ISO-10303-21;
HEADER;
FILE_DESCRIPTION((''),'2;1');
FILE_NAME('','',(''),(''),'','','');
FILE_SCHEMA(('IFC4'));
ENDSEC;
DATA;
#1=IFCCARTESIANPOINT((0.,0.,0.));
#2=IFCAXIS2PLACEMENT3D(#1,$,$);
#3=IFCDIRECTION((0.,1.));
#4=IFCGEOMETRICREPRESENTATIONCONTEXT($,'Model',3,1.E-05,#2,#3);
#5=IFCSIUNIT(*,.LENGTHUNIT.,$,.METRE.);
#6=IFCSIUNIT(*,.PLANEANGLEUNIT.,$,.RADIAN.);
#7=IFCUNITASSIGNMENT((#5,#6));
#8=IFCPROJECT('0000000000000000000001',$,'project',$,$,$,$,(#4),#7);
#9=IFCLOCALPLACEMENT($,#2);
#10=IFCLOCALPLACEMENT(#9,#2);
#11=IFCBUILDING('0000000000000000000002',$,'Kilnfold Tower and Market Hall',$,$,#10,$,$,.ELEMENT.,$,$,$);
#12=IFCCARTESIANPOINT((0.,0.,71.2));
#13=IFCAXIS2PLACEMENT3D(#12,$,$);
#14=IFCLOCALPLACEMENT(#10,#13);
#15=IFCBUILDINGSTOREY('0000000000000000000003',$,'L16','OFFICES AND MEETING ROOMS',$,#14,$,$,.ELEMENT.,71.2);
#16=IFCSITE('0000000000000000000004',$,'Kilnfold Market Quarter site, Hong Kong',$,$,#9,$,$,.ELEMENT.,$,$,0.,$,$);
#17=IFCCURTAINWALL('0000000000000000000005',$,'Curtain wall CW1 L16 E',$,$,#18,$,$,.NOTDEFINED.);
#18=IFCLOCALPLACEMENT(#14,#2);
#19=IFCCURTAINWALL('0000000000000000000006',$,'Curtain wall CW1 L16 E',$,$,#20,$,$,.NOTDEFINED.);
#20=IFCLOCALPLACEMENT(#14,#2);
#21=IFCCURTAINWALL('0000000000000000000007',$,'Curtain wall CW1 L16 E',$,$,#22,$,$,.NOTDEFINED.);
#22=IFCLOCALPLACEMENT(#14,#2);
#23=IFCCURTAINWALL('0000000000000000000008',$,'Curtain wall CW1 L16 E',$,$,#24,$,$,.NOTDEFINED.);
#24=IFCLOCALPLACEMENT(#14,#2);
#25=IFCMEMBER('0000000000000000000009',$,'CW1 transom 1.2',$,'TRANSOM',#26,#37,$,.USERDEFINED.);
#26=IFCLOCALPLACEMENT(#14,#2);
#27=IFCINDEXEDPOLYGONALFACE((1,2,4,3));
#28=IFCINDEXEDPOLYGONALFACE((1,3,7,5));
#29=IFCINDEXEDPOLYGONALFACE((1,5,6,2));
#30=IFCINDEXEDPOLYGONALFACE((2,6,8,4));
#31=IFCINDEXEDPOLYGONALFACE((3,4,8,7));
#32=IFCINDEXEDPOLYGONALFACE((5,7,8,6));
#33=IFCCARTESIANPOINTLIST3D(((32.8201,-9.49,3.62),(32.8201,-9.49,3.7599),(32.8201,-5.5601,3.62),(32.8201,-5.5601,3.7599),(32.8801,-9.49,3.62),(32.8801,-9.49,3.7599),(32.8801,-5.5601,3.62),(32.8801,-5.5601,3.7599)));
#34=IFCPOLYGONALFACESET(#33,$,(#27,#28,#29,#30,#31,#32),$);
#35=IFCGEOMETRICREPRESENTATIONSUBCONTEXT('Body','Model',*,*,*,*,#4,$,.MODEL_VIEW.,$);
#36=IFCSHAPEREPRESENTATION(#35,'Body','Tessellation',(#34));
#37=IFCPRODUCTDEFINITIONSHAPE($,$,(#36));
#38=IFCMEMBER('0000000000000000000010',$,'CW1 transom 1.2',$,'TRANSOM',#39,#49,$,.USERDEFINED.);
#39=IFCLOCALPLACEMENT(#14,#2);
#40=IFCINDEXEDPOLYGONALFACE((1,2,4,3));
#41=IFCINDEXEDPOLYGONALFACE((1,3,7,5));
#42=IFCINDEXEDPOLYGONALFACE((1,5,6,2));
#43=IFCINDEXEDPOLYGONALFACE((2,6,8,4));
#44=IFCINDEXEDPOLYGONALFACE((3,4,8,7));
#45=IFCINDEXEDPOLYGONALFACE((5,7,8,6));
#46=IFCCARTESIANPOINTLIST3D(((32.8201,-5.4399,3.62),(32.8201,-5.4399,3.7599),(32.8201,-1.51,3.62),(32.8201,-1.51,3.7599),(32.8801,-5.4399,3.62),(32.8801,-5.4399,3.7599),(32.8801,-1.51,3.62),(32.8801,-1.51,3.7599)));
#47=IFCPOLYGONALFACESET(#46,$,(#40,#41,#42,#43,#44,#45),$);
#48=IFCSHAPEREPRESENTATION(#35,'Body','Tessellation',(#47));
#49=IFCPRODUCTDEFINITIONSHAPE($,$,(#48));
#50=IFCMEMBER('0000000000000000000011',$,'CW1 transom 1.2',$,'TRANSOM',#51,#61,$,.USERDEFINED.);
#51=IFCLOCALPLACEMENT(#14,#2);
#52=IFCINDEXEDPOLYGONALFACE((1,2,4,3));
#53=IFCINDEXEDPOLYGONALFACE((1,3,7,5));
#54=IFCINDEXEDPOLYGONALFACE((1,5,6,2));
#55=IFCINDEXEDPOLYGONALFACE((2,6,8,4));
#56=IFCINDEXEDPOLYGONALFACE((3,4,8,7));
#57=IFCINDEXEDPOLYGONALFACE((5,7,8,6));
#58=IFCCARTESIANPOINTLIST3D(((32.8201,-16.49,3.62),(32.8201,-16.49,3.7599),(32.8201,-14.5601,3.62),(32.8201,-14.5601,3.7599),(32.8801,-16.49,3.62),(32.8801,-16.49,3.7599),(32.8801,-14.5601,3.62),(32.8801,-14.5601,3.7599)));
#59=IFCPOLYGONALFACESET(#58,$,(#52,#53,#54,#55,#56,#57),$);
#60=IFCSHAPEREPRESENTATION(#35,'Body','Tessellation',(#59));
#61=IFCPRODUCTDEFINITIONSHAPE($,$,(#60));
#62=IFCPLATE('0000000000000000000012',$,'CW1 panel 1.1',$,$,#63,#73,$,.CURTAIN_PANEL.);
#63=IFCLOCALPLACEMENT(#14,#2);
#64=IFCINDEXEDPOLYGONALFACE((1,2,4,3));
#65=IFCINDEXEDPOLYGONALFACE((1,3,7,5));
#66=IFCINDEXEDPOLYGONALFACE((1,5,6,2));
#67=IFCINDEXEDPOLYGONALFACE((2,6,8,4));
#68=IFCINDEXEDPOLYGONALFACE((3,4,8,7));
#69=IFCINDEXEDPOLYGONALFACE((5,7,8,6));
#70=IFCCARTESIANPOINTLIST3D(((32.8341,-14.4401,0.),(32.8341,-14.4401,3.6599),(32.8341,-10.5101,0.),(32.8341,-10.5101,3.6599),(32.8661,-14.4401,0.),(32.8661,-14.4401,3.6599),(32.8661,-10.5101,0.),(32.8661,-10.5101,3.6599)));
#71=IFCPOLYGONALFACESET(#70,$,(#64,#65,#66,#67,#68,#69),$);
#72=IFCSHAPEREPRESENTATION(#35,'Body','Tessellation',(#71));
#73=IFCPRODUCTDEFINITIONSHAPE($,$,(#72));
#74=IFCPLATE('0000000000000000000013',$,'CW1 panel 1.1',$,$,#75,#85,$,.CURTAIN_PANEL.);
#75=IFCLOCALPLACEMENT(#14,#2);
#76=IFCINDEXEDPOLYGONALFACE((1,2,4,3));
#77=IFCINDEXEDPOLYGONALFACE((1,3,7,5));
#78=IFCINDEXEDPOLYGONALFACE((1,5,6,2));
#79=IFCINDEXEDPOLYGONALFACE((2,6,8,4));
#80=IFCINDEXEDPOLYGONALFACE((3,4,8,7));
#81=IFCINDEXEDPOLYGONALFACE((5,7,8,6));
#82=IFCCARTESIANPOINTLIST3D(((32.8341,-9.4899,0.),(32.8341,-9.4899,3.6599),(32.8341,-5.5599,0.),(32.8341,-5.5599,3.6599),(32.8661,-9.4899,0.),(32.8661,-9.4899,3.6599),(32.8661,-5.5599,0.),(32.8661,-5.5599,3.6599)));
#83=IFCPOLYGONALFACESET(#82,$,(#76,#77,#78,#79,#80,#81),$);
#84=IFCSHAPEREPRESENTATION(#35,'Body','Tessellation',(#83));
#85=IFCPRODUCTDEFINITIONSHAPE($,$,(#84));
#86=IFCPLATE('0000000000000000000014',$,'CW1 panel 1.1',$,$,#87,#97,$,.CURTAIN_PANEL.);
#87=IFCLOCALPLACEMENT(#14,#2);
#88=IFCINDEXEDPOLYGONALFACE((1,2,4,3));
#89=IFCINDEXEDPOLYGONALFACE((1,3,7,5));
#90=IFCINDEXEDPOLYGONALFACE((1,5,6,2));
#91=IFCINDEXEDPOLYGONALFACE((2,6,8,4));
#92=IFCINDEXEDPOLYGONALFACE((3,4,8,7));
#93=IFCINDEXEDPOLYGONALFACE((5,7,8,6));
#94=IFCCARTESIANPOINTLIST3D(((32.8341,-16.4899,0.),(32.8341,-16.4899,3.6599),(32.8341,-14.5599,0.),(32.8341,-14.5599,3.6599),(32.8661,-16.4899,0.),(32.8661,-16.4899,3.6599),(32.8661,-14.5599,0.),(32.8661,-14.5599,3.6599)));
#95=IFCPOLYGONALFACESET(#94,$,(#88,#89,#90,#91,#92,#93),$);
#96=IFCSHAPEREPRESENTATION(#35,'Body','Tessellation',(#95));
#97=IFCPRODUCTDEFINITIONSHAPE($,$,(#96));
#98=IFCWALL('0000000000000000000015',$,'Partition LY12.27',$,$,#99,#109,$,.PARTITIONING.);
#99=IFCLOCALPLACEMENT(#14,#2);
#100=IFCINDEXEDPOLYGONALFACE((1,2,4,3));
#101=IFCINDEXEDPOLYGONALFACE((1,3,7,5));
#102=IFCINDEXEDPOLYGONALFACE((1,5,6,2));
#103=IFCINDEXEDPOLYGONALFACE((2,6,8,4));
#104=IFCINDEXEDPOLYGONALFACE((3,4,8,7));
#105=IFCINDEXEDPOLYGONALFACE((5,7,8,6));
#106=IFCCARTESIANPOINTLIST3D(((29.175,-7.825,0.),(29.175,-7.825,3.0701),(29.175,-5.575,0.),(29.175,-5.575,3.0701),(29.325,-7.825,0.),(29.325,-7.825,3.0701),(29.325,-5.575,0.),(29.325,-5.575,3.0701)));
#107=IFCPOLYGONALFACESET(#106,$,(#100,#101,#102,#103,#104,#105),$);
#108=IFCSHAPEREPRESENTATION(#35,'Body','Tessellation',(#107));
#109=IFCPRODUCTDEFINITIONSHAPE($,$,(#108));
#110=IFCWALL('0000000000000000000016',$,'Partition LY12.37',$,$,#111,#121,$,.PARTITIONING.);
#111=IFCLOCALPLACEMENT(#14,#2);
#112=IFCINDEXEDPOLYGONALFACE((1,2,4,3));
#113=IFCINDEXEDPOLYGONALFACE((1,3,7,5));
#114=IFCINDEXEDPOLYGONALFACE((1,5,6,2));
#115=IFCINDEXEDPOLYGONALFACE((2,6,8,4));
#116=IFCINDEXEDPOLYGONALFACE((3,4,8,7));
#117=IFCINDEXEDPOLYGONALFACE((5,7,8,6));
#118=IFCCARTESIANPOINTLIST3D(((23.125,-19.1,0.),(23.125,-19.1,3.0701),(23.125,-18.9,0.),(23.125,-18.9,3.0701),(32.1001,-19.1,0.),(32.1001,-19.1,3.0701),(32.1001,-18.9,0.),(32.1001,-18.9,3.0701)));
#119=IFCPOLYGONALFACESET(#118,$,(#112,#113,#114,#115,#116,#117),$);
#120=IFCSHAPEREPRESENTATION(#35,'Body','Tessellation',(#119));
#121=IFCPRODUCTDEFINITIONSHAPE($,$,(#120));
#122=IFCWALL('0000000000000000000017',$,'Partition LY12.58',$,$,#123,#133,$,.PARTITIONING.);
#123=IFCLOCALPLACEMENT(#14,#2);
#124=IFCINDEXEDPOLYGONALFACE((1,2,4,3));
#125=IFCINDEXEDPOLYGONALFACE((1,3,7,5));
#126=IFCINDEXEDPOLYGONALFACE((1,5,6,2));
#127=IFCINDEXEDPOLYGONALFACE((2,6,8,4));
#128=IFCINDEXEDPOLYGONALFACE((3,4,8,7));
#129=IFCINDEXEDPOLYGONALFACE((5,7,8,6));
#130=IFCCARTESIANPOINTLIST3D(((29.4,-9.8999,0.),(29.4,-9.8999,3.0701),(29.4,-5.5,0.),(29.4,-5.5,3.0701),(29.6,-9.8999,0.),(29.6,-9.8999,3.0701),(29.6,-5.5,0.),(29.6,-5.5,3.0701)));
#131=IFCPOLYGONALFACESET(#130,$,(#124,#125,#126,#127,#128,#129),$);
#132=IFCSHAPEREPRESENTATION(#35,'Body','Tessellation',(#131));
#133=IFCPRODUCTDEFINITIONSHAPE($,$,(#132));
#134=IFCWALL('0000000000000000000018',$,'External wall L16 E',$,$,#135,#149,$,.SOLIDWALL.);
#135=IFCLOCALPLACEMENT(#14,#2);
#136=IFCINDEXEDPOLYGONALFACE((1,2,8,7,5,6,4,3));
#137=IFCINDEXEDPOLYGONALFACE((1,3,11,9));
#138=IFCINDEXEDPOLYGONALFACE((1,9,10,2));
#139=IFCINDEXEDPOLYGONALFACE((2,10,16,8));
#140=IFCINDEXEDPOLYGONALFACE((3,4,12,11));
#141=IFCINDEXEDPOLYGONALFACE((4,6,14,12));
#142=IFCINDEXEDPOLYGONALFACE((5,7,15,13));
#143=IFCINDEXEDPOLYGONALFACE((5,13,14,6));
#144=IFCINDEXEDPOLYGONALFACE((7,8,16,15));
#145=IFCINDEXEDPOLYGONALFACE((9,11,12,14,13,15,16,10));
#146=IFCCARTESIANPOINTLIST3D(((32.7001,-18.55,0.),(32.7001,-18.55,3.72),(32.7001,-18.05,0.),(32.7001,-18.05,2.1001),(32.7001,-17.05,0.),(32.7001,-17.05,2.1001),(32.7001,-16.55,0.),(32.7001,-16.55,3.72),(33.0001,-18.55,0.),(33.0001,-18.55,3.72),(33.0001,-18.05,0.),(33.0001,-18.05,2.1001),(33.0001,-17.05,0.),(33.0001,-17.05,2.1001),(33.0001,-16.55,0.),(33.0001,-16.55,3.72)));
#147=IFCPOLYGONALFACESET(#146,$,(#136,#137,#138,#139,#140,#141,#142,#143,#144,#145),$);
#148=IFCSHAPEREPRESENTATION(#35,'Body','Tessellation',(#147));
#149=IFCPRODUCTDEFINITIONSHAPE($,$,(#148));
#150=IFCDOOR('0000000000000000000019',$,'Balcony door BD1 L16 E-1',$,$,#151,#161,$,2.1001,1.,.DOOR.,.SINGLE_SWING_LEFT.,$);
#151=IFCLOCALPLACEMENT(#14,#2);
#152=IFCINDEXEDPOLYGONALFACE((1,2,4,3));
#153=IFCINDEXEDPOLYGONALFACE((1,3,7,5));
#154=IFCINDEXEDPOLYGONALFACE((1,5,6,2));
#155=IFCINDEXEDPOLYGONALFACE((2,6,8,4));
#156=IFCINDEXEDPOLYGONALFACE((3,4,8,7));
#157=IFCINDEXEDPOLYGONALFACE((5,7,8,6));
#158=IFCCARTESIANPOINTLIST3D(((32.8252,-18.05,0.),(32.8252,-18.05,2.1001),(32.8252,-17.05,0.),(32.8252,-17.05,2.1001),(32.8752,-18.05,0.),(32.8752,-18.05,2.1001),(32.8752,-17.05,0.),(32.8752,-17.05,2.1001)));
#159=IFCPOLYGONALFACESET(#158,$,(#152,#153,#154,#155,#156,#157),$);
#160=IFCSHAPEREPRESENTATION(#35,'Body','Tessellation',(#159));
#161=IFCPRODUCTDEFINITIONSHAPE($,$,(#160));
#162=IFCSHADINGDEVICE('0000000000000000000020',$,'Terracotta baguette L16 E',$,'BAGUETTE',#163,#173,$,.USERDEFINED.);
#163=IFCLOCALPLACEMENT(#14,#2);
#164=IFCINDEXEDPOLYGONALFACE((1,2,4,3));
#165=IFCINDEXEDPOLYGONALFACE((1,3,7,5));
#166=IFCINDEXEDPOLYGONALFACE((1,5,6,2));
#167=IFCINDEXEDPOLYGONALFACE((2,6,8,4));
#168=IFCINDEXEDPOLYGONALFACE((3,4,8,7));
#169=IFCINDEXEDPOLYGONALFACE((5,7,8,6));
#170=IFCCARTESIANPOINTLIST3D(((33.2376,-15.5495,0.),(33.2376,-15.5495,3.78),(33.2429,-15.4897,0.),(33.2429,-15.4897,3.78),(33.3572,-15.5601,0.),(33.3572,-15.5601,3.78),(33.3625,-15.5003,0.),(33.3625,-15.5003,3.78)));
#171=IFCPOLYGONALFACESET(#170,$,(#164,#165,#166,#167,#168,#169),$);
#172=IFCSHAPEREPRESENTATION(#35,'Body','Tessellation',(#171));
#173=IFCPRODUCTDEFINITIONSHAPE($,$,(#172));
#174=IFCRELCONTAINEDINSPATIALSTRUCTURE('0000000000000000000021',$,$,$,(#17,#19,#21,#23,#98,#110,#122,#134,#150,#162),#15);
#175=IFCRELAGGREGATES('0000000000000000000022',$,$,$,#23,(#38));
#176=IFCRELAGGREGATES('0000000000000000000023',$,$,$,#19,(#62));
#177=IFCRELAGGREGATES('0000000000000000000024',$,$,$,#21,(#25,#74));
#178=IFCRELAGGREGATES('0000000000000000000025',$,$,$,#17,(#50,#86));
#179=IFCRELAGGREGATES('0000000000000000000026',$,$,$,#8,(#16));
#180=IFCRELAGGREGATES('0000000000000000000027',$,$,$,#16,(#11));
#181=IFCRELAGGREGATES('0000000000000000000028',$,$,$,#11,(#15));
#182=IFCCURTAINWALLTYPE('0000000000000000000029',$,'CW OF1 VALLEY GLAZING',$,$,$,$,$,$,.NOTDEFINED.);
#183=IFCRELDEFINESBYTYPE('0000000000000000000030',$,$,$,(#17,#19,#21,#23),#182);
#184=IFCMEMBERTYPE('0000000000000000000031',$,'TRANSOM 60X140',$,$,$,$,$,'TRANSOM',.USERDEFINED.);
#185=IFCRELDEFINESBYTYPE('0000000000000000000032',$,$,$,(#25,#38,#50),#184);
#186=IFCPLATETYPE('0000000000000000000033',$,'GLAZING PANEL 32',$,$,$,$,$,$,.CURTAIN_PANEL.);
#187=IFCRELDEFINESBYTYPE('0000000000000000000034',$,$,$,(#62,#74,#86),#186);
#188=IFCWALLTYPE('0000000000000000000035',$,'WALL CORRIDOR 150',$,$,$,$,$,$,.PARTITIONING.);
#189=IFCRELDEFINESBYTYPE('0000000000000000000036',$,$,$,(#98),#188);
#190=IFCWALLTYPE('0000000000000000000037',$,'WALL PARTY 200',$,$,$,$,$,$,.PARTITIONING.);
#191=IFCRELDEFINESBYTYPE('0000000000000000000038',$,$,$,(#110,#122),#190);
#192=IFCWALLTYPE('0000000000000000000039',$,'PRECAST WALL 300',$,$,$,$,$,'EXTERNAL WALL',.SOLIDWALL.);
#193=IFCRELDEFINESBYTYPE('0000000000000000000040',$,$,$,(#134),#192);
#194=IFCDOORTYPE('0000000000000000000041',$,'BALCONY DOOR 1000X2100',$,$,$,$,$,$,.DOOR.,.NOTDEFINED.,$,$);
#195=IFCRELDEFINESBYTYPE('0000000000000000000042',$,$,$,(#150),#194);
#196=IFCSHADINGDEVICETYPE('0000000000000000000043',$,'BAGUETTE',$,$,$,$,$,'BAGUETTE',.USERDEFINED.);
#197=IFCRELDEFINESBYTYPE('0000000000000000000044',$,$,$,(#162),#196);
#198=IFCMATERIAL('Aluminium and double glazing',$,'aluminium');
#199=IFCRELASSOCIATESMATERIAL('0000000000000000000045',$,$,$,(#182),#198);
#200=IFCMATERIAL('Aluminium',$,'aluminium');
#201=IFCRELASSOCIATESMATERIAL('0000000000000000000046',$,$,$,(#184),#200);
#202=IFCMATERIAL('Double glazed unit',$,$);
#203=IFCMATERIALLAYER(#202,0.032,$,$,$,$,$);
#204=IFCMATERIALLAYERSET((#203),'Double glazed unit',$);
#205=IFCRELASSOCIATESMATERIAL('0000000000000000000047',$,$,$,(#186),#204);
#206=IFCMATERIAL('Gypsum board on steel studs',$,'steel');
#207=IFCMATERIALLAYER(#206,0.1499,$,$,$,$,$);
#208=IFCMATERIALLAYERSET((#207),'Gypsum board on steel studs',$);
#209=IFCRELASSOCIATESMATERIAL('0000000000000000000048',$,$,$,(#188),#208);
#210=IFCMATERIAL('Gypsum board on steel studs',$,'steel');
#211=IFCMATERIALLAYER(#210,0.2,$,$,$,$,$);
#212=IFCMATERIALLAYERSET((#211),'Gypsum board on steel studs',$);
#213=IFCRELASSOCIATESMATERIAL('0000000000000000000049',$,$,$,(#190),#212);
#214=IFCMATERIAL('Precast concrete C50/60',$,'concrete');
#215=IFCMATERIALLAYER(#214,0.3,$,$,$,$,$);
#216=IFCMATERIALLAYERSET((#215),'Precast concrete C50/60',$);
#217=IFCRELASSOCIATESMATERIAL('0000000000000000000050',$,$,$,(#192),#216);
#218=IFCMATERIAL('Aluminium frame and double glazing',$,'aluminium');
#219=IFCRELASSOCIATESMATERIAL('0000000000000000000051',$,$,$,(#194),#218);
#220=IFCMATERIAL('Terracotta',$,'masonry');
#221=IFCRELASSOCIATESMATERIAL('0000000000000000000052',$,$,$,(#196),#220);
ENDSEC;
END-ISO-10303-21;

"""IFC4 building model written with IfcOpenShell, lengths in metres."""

from ifc_helpers import new_model, si_unit, direction, frame, frame_2d, origin, origin_2d, place, context, subcontext, project, spatial, rectangle, extrude, source, transform, mapped, material, layer, layer_set, material_profile, profile_set, type_object, element, fill, aggregate, save


model = new_model("IFC4")

# Units and contexts
model_context = context("Model", 3, precision=1e-05, world=origin(), true_north=direction((0.0, 1.0)))
body_context = subcontext(model_context, "Body", "Model", "MODEL_VIEW")
ifc_project = project(units=[si_unit("LENGTHUNIT", "METRE"), si_unit("PLANEANGLEUNIT", "RADIAN")], contexts=[model_context])

# Site, building, storey
site_placement = place(None, origin())
site = spatial("IfcSite", under=ifc_project, at=site_placement, Name="Kilnfold Market Quarter site, Hong Kong", CompositionType="ELEMENT", RefElevation=0.0)
building_placement = place(site_placement, origin())
building = spatial("IfcBuilding", under=site, at=building_placement, Name="Kilnfold Tower and Market Hall", CompositionType="ELEMENT")
storey_placement = place(building_placement, frame((0.0, 0.0, 71.2)))
storey = spatial("IfcBuildingStorey", under=building, at=storey_placement, Name="L16", Description="OFFICES AND MEETING ROOMS", CompositionType="ELEMENT", Elevation=71.2)

# Shared definitions
ifc_material_1 = material(Name="Aluminium and double glazing", Category="aluminium")
curtain_wall_type = type_object("IfcCurtainWallType", Name="CW OF1 VALLEY GLAZING", PredefinedType="NOTDEFINED", material=ifc_material_1)

# Curtain walls
curtain_wall_1_placement = place(storey_placement, origin())
curtain_wall_1 = element("IfcCurtainWall", 1, at=curtain_wall_1_placement, inside=storey, type_object=curtain_wall_type, Name="Curtain wall CW1 L16 E", PredefinedType="NOTDEFINED")
curtain_wall_2_placement = place(storey_placement, origin())
curtain_wall_2 = element("IfcCurtainWall", 2, at=curtain_wall_2_placement, inside=storey, type_object=curtain_wall_type, Name="Curtain wall CW1 L16 E", PredefinedType="NOTDEFINED")
curtain_wall_3_placement = place(storey_placement, origin())
curtain_wall_3 = element("IfcCurtainWall", 3, at=curtain_wall_3_placement, inside=storey, type_object=curtain_wall_type, Name="Curtain wall CW1 L16 E", PredefinedType="NOTDEFINED")

# Curtain wall
curtain_wall_4_placement = place(storey_placement, origin())
curtain_wall_4 = element("IfcCurtainWall", 4, at=curtain_wall_4_placement, inside=storey, type_object=curtain_wall_type, Name="Curtain wall CW1 L16 E", PredefinedType="NOTDEFINED")

# Members
ifc_material_2 = material(Name="Aluminium", Category="aluminium")
ifc_material_profile_1 = material_profile(ifc_material_2, rectangle(XDim=0.0601, YDim=0.1399, at=origin_2d()), Name="TRANSOM 60x140")
ifc_profile_set_1 = profile_set([ifc_material_profile_1], Name="Aluminium")
member_type_1 = type_object("IfcMemberType", Name="TRANSOM 60X140", ElementType="TRANSOM", PredefinedType="USERDEFINED", material=ifc_profile_set_1)
shared_shape_1 = source(origin(), body_context, "Body", "SweptSolid", [
    extrude(rectangle(XDim=0.0601, YDim=0.1399, at=origin_2d()), origin(), (0.0, 0.0, 1.0), 3.9299),
])
member_1_placement = place(storey_placement, frame((32.8501, -9.49, 3.6899), z_axis=(0.0, 1.0, 0.0), x_axis=(-1.0, 0.0, 0.0)))
member_1 = element("IfcMember", 5, at=member_1_placement, type_object=member_type_1, Name="CW1 transom 1.2", ObjectType="TRANSOM", PredefinedType="USERDEFINED", context=body_context, shape_type="MappedRepresentation", body=[
    mapped(shared_shape_1, transform((0.0, 0.0, 0.0))),
])
member_2_placement = place(storey_placement, frame((32.8501, -5.4399, 3.6899), z_axis=(0.0, 1.0, 0.0), x_axis=(-1.0, 0.0, 0.0)))
member_2 = element("IfcMember", 6, at=member_2_placement, type_object=member_type_1, Name="CW1 transom 1.2", ObjectType="TRANSOM", PredefinedType="USERDEFINED", context=body_context, shape_type="MappedRepresentation", body=[
    mapped(shared_shape_1, transform((0.0, 0.0, 0.0))),
])
aggregate(curtain_wall_4, [member_2])
shared_shape_2 = source(origin(), body_context, "Body", "SweptSolid", [
    extrude(rectangle(XDim=0.0601, YDim=0.1399, at=origin_2d()), origin(), (0.0, 0.0, 1.0), 1.9299),
])
member_3_placement = place(storey_placement, frame((32.8501, -16.49, 3.6899), z_axis=(0.0, 1.0, 0.0), x_axis=(-1.0, 0.0, 0.0)))
member_3 = element("IfcMember", 7, at=member_3_placement, type_object=member_type_1, Name="CW1 transom 1.2", ObjectType="TRANSOM", PredefinedType="USERDEFINED", context=body_context, shape_type="MappedRepresentation", body=[
    mapped(shared_shape_2, transform((0.0, 0.0, 0.0))),
])

# Plates
ifc_material_3 = material(Name="Double glazed unit")
ifc_layer_1 = layer(ifc_material_3, 0.032)
ifc_layer_set_1 = layer_set([ifc_layer_1], Name="Double glazed unit")
plate_type = type_object("IfcPlateType", Name="GLAZING PANEL 32", PredefinedType="CURTAIN_PANEL", material=ifc_layer_set_1)
shared_shape_3 = source(origin(), body_context, "Body", "SweptSolid", [
    extrude(rectangle(XDim=3.9299, YDim=0.032, at=origin_2d()), origin(), (0.0, 0.0, 1.0), 3.6599),
])
plate_1_placement = place(storey_placement, frame((32.8501, -12.4751, 0.0), z_axis=(0.0, 0.0, 1.0), x_axis=(0.0, 1.0, 0.0)))
plate_1 = element("IfcPlate", 8, at=plate_1_placement, type_object=plate_type, Name="CW1 panel 1.1", PredefinedType="CURTAIN_PANEL", context=body_context, shape_type="MappedRepresentation", body=[
    mapped(shared_shape_3, transform((0.0, 0.0, 0.0))),
])
aggregate(curtain_wall_2, [plate_1])
plate_2_placement = place(storey_placement, frame((32.8501, -7.5249, 0.0), z_axis=(0.0, 0.0, 1.0), x_axis=(0.0, 1.0, 0.0)))
plate_2 = element("IfcPlate", 9, at=plate_2_placement, type_object=plate_type, Name="CW1 panel 1.1", PredefinedType="CURTAIN_PANEL", context=body_context, shape_type="MappedRepresentation", body=[
    mapped(shared_shape_3, transform((0.0, 0.0, 0.0))),
])
aggregate(curtain_wall_3, [member_1, plate_2])
shared_shape_4 = source(origin(), body_context, "Body", "SweptSolid", [
    extrude(rectangle(XDim=1.9299, YDim=0.032, at=origin_2d()), origin(), (0.0, 0.0, 1.0), 3.6599),
])
plate_3_placement = place(storey_placement, frame((32.8501, -15.5249, 0.0), z_axis=(0.0, 0.0, 1.0), x_axis=(0.0, 1.0, 0.0)))
plate_3 = element("IfcPlate", 10, at=plate_3_placement, type_object=plate_type, Name="CW1 panel 1.1", PredefinedType="CURTAIN_PANEL", context=body_context, shape_type="MappedRepresentation", body=[
    mapped(shared_shape_4, transform((0.0, 0.0, 0.0))),
])
aggregate(curtain_wall_1, [member_3, plate_3])

# Walls
ifc_material_4 = material(Name="Gypsum board on steel studs", Category="steel")
ifc_layer_2 = layer(ifc_material_4, 0.1499)
ifc_layer_set_2 = layer_set([ifc_layer_2], Name="Gypsum board on steel studs")
wall_type_1 = type_object("IfcWallType", Name="WALL CORRIDOR 150", PredefinedType="PARTITIONING", material=ifc_layer_set_2)
wall_1_placement = place(storey_placement, frame((29.25, -7.825, 0.0), z_axis=(0.0, 0.0, 1.0), x_axis=(0.0, 1.0, 0.0)))
element("IfcWall", 11, at=wall_1_placement, inside=storey, type_object=wall_type_1, Name="Partition LY12.27", PredefinedType="PARTITIONING", context=body_context, shape_type="SweptSolid", body=[
    extrude(rectangle(XDim=2.25, YDim=0.1499, at=frame_2d((1.125, 0.0))), origin(), (0.0, 0.0, 1.0), 3.0701),
])
ifc_material_5 = material(Name="Gypsum board on steel studs", Category="steel")
ifc_layer_3 = layer(ifc_material_5, 0.2)
ifc_layer_set_3 = layer_set([ifc_layer_3], Name="Gypsum board on steel studs")
wall_type_2 = type_object("IfcWallType", Name="WALL PARTY 200", PredefinedType="PARTITIONING", material=ifc_layer_set_3)
wall_2_placement = place(storey_placement, frame((23.125, -19.0, 0.0), z_axis=(0.0, 0.0, 1.0), x_axis=(1.0, 0.0, 0.0)))
element("IfcWall", 12, at=wall_2_placement, inside=storey, type_object=wall_type_2, Name="Partition LY12.37", PredefinedType="PARTITIONING", context=body_context, shape_type="SweptSolid", body=[
    extrude(rectangle(XDim=8.9751, YDim=0.2, at=frame_2d((4.4875, 0.0))), origin(), (0.0, 0.0, 1.0), 3.0701),
])
wall_3_placement = place(storey_placement, frame((29.5, -9.8999, 0.0), z_axis=(0.0, 0.0, 1.0), x_axis=(0.0, 1.0, 0.0)))
element("IfcWall", 13, at=wall_3_placement, inside=storey, type_object=wall_type_2, Name="Partition LY12.58", PredefinedType="PARTITIONING", context=body_context, shape_type="SweptSolid", body=[
    extrude(rectangle(XDim=4.3999, YDim=0.2, at=frame_2d((2.2, 0.0))), origin(), (0.0, 0.0, 1.0), 3.0701),
])

# Wall, opening, door
ifc_material_6 = material(Name="Precast concrete C50/60", Category="concrete")
ifc_layer_4 = layer(ifc_material_6, 0.3)
ifc_layer_set_4 = layer_set([ifc_layer_4], Name="Precast concrete C50/60")
wall_type_3 = type_object("IfcWallType", Name="PRECAST WALL 300", ElementType="EXTERNAL WALL", PredefinedType="SOLIDWALL", material=ifc_layer_set_4)
shared_shape_5 = source(origin(), body_context, "Body", "SweptSolid", [
    extrude(rectangle(XDim=2.0, YDim=0.3, at=frame_2d((1.0, 0.0))), origin(), (0.0, 0.0, 1.0), 3.72),
])
wall_4_placement = place(storey_placement, frame((32.8501, -18.55, 0.0), z_axis=(0.0, 0.0, 1.0), x_axis=(0.0, 1.0, 0.0)))
wall_4 = element("IfcWall", 14, at=wall_4_placement, inside=storey, type_object=wall_type_3, Name="External wall L16 E", PredefinedType="SOLIDWALL", context=body_context, shape_type="MappedRepresentation", body=[
    mapped(shared_shape_5, transform((0.0, 0.0, 0.0))),
])
opening_placement = place(wall_4_placement, frame((0.5, 0.0, 0.0)))
opening = element("IfcOpeningElement", 15, at=opening_placement, cuts=wall_4, PredefinedType="OPENING", context=body_context, shape_type="SweptSolid", body=[
    extrude(rectangle(XDim=1.0, YDim=2.1001, at=frame_2d((0.5, 1.05))), frame((0.0, 0.1602, 0.0), z_axis=(0.0, -1.0, 0.0), x_axis=(1.0, 0.0, 0.0)), (0.0, 0.0, 1.0), 0.3201),
])
ifc_material_7 = material(Name="Aluminium frame and double glazing", Category="aluminium")
door_type = type_object("IfcDoorType", Name="BALCONY DOOR 1000X2100", OperationType="NOTDEFINED", PredefinedType="DOOR", material=ifc_material_7)
door_placement = place(opening_placement, origin())
door = element("IfcDoor", 16, at=door_placement, inside=storey, type_object=door_type, Name="Balcony door BD1 L16 E-1", OperationType="SINGLE_SWING_LEFT", OverallHeight=2.1001, OverallWidth=1.0, PredefinedType="DOOR", context=body_context, shape_type="SweptSolid", body=[
    extrude(rectangle(XDim=1.0, YDim=2.1001, at=frame_2d((0.5, 1.05))), frame((0.0, 0.0249, 0.0), z_axis=(0.0, -1.0, 0.0), x_axis=(1.0, 0.0, 0.0)), (0.0, 0.0, 1.0), 0.05),
])
fill(opening, door)

# Shading device
ifc_material_8 = material(Name="Terracotta", Category="masonry")
ifc_material_profile_2 = material_profile(ifc_material_8, rectangle(XDim=0.0601, YDim=0.1201, at=origin_2d()), Name="BAG 60x120")
ifc_profile_set_2 = profile_set([ifc_material_profile_2], Name="Terracotta")
shading_device_type = type_object("IfcShadingDeviceType", Name="BAGUETTE", ElementType="BAGUETTE", PredefinedType="USERDEFINED", material=ifc_profile_set_2)
shared_shape_6 = source(origin(), body_context, "Body", "SweptSolid", [
    extrude(rectangle(XDim=0.0601, YDim=0.1201, at=origin_2d()), origin(), (0.0, 0.0, 1.0), 3.78),
])
for number, where, z_axis, x_axis, name in (
    (17, (33.3, -15.5249, 0.0), (0.0, 0.0, 1.0), (0.087954, 0.996125, 0.0), "Terracotta baguette L16 E"),
):
    element("IfcShadingDevice", number, at=place(storey_placement, frame(where, z_axis=z_axis, x_axis=x_axis)), inside=storey, type_object=shading_device_type, Name=name, ObjectType="BAGUETTE", PredefinedType="USERDEFINED", context=body_context, shape_type="MappedRepresentation", body=[
        mapped(shared_shape_6, transform((0.0, 0.0, 0.0))),
    ])

save(model, "model.ifc")
